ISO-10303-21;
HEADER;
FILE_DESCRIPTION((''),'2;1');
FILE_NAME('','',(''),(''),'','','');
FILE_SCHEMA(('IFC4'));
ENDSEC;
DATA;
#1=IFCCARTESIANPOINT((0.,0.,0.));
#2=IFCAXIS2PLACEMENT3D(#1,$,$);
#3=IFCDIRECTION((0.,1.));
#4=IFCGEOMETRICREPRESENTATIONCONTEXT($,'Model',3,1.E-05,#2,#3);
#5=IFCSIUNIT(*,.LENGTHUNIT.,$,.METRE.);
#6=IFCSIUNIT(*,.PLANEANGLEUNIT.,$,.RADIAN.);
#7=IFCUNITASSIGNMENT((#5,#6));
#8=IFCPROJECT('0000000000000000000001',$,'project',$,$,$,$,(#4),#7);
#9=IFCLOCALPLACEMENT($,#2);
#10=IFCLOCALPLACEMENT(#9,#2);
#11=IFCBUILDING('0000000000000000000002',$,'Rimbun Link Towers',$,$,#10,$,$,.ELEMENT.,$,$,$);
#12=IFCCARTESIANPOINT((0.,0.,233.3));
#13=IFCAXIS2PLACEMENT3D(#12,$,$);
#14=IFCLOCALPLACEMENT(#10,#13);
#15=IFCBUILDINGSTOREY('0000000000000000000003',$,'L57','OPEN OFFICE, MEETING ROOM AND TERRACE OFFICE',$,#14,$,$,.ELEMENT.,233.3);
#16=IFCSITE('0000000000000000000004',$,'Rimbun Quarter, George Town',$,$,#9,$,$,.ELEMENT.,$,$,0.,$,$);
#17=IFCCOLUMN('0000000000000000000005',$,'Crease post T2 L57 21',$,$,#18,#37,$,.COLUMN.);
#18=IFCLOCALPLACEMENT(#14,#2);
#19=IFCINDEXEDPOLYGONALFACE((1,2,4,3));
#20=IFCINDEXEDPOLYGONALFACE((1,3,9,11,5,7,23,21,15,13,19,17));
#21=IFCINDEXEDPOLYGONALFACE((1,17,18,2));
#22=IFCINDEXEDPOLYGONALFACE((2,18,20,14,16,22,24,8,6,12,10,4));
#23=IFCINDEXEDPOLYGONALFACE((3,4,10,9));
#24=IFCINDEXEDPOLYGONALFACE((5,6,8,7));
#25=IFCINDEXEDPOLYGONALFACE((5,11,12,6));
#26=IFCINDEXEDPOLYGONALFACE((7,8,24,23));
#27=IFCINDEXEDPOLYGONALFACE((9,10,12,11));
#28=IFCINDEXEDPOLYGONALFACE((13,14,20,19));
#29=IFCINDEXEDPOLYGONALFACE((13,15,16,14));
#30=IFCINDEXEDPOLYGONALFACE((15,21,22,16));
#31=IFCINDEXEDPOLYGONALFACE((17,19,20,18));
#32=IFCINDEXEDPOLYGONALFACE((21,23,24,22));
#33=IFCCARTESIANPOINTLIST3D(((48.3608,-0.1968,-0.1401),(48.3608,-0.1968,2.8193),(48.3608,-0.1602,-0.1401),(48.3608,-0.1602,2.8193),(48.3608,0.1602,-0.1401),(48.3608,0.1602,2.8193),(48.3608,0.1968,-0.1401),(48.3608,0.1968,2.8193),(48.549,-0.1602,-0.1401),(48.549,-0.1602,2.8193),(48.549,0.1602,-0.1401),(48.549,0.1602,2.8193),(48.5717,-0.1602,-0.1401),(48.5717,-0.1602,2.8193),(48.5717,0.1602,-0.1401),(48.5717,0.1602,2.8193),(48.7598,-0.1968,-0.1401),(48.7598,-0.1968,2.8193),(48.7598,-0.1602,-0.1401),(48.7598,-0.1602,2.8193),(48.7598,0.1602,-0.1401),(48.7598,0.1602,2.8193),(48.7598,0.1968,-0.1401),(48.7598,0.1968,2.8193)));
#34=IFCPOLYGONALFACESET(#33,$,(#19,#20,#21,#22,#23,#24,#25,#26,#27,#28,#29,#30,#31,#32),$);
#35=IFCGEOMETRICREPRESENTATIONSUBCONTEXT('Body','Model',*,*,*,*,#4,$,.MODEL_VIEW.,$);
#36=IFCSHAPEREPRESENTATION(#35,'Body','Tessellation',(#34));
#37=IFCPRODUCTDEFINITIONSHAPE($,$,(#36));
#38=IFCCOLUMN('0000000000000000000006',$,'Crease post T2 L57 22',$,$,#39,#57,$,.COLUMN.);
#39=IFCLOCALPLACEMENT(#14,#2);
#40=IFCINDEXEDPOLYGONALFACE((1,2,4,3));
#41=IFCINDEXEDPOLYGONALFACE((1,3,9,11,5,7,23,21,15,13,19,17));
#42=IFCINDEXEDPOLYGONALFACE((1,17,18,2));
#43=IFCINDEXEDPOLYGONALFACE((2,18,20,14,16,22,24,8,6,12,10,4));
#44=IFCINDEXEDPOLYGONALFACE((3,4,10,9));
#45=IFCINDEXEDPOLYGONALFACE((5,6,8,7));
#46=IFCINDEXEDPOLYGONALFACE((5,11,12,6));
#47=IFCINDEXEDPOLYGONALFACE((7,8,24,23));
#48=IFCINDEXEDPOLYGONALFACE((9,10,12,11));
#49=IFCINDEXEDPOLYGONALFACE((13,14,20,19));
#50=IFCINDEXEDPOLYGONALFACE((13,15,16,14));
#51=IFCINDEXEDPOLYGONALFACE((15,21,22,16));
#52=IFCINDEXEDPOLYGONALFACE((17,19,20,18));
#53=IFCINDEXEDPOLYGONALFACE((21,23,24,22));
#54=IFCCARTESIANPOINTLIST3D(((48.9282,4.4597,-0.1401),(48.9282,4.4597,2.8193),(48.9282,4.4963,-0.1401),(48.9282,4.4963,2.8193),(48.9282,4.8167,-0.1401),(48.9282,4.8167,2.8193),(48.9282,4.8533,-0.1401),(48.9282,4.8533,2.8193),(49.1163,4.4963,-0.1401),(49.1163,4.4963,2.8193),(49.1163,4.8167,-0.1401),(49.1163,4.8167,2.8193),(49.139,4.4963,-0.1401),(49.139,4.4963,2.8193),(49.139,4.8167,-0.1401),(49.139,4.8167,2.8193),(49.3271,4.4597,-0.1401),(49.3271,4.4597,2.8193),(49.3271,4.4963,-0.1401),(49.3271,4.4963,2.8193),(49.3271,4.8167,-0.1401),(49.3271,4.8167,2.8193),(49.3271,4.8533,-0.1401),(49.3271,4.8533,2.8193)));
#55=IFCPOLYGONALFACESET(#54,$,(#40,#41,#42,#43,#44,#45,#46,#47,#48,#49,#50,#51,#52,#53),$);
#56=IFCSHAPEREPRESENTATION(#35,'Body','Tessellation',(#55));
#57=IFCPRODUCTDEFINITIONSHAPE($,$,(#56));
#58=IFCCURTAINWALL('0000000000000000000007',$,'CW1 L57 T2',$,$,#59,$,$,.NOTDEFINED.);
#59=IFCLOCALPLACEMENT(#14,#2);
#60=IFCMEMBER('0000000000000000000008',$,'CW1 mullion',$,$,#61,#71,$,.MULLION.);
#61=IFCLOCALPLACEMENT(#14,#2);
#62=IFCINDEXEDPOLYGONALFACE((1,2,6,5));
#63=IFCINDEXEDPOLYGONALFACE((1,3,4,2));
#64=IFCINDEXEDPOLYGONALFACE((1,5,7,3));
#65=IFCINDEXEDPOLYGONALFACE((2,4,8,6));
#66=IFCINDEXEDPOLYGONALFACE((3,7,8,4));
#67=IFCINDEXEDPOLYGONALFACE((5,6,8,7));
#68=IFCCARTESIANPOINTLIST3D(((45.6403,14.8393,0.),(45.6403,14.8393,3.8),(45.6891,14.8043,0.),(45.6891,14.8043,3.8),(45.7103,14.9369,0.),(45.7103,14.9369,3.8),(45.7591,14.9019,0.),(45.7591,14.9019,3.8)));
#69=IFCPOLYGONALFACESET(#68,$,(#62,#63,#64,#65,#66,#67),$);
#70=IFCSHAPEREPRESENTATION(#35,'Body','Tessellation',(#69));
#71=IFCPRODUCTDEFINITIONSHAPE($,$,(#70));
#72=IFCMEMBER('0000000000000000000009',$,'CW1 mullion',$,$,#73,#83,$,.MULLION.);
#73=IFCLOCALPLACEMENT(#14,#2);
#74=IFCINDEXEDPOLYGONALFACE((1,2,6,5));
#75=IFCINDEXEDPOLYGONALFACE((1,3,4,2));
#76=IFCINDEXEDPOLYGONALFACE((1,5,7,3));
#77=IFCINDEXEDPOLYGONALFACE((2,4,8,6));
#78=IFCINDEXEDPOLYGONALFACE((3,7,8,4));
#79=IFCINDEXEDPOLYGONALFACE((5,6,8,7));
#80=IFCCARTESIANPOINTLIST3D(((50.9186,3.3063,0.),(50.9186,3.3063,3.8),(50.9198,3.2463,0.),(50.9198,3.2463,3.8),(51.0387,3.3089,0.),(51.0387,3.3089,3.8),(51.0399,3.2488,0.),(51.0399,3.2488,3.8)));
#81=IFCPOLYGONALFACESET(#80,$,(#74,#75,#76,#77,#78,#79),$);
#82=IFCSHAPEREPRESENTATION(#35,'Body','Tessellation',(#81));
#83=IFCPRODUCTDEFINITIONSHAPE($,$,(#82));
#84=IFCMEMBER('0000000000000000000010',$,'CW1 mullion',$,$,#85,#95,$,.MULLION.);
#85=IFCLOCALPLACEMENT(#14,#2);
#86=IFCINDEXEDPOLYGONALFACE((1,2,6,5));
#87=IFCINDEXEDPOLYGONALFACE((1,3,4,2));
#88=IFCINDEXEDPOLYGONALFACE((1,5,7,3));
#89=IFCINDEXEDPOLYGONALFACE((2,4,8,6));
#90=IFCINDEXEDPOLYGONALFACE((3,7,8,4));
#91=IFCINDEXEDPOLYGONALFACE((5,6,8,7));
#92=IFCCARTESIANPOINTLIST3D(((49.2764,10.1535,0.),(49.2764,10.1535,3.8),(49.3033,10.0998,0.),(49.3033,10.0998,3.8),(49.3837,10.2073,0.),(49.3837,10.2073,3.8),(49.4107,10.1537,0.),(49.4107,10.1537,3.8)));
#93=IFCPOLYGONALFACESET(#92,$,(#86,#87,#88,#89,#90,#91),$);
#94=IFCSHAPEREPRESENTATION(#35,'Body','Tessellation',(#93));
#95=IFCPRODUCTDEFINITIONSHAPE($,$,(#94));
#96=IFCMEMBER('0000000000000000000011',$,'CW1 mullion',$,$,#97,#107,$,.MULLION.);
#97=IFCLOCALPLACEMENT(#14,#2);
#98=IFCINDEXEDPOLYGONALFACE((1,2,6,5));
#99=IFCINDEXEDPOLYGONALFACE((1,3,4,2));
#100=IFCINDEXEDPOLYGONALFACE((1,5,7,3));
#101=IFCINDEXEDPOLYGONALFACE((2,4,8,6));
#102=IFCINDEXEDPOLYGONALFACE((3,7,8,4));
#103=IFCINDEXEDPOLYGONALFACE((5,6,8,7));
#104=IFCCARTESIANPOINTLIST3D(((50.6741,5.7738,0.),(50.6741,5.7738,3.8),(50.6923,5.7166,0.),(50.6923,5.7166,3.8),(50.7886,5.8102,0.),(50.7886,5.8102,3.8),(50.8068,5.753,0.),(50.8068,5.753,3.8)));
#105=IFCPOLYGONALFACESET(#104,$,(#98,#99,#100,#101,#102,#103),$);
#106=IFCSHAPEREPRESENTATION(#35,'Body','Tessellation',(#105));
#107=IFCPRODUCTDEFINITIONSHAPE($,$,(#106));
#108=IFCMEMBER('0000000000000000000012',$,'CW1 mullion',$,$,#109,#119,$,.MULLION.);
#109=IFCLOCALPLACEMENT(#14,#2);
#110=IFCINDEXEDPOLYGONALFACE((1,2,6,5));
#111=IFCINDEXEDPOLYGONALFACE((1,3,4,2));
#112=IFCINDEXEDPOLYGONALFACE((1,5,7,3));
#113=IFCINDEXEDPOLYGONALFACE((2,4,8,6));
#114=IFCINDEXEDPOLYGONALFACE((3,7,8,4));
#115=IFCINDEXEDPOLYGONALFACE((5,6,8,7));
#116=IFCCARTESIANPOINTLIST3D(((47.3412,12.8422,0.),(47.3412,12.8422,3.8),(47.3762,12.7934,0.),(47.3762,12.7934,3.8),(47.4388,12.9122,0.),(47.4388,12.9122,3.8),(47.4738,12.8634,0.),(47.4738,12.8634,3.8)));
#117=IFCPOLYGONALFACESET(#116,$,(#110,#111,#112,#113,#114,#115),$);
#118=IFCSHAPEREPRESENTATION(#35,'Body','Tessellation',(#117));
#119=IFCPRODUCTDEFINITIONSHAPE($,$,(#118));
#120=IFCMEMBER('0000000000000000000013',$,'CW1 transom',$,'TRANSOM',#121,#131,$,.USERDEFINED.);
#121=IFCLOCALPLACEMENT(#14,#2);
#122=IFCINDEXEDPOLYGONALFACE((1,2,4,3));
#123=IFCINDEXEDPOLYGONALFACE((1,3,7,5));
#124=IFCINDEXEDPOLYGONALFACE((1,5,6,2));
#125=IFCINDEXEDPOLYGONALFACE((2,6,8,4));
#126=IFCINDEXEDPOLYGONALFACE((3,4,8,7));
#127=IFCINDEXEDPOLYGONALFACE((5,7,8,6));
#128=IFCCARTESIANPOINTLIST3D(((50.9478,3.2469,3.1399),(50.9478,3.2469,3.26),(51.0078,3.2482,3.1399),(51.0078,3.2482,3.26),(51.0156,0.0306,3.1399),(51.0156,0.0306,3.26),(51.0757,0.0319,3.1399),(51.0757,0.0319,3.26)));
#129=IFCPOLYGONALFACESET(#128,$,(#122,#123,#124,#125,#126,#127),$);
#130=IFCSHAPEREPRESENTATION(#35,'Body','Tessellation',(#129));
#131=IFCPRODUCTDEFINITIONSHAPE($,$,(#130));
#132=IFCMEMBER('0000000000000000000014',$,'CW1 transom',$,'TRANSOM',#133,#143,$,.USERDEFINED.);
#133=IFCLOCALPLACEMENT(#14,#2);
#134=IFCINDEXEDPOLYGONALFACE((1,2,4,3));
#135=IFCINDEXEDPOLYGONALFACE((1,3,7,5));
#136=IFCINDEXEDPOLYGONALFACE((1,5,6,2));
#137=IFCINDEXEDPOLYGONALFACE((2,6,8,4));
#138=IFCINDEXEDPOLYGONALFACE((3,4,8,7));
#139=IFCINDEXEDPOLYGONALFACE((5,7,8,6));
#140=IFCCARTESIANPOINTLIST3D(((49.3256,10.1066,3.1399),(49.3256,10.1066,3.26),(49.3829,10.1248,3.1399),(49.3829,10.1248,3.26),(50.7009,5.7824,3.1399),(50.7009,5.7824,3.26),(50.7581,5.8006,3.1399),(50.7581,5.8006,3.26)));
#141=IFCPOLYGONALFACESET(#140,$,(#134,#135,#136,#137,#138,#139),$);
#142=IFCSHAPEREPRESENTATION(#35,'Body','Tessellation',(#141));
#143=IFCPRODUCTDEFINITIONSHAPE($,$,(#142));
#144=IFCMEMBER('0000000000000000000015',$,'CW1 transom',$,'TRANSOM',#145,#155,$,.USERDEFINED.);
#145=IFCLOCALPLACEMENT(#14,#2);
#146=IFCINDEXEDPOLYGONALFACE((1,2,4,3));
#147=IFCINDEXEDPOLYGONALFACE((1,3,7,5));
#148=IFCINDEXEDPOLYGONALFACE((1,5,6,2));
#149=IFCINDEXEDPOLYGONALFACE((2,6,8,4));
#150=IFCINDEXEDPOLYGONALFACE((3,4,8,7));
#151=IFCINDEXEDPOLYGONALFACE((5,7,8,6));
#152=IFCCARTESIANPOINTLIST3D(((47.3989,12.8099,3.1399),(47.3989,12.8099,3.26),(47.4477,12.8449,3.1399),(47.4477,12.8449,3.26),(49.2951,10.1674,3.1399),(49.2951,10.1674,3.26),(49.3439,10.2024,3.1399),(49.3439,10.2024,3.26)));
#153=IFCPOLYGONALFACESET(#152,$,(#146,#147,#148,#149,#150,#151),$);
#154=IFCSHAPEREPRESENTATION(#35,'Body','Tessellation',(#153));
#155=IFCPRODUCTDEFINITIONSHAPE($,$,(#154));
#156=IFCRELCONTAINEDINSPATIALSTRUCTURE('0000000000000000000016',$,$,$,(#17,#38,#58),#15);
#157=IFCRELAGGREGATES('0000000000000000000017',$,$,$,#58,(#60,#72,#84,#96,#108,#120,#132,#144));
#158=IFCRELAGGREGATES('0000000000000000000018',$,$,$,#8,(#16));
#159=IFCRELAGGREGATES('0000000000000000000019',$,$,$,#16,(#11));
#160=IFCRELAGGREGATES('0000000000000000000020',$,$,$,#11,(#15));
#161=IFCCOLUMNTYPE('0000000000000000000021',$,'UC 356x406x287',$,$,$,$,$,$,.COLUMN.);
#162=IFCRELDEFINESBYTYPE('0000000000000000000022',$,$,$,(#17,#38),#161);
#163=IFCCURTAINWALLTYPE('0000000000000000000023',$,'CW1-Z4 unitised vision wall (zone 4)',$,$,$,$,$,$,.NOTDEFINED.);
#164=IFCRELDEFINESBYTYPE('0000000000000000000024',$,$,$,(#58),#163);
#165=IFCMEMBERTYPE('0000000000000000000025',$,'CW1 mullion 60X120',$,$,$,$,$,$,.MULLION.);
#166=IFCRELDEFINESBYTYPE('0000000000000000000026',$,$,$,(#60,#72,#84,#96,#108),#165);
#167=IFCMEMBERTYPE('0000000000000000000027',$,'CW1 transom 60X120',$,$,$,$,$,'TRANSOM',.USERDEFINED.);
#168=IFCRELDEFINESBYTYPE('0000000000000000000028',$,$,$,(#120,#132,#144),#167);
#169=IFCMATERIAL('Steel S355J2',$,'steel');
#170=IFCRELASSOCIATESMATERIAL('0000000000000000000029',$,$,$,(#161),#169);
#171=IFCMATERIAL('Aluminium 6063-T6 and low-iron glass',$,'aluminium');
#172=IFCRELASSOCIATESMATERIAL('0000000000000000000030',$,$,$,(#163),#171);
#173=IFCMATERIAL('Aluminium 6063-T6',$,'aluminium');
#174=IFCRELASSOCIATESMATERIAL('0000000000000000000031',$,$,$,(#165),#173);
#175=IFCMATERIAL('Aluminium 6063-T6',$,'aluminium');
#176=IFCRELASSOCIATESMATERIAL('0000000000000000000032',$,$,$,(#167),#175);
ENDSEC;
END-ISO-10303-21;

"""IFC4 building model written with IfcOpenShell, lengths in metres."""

from ifc_helpers import new_model, si_unit, direction, frame, origin, origin_2d, place, context, subcontext, project, spatial, rectangle, i_section, extrude, material, material_profile, profile_set, type_object, element, aggregate, save


model = new_model("IFC4")

# Units and contexts
model_context = context("Model", 3, precision=1e-05, world=origin(), true_north=direction((0.0, 1.0)))
body_context = subcontext(model_context, "Body", "Model", "MODEL_VIEW")
ifc_project = project(units=[si_unit("LENGTHUNIT", "METRE"), si_unit("PLANEANGLEUNIT", "RADIAN")], contexts=[model_context])

# Site, building, storey
site_placement = place(None, origin())
site = spatial("IfcSite", under=ifc_project, at=site_placement, Name="Rimbun Quarter, George Town", CompositionType="ELEMENT", RefElevation=0.0)
building_placement = place(site_placement, origin())
building = spatial("IfcBuilding", under=site, at=building_placement, Name="Rimbun Link Towers", CompositionType="ELEMENT")
storey_placement = place(building_placement, frame((0.0, 0.0, 233.3)))
storey = spatial("IfcBuildingStorey", under=building, at=storey_placement, Name="L57", Description="OPEN OFFICE, MEETING ROOM AND TERRACE OFFICE", CompositionType="ELEMENT", Elevation=233.3)

# Columns
ifc_material_1 = material(Name="Steel S355J2", Category="steel")
ifc_material_profile_1 = material_profile(ifc_material_1, i_section(OverallWidth=0.3989, OverallDepth=0.3936, WebThickness=0.0227, FlangeThickness=0.0366, at=origin_2d()), Name="UC 356x406x287")
ifc_profile_set_1 = profile_set([ifc_material_profile_1], Name="Steel S355J2")
column_type = type_object("IfcColumnType", Name="UC 356x406x287", PredefinedType="COLUMN", material=ifc_profile_set_1)
for number, where, z_axis, x_axis, name in (
    (1, (48.5603, 0.0, -0.1401), (0.0, 0.0, 1.0), (1.0, 0.0, 0.0), "Crease post T2 L57 21"),
    (2, (49.1277, 4.6565, -0.1401), (0.0, 0.0, 1.0), (1.0, 0.0, 0.0), "Crease post T2 L57 22"),
):
    element("IfcColumn", number, at=place(storey_placement, frame(where, z_axis=z_axis, x_axis=x_axis)), inside=storey, type_object=column_type, Name=name, PredefinedType="COLUMN", context=body_context, shape_type="SweptSolid", body=[
        extrude(i_section(OverallWidth=0.3989, OverallDepth=0.3936, WebThickness=0.0227, FlangeThickness=0.0366, at=origin_2d()), origin(), (0.0, 0.0, 1.0), 2.9595),
    ])

# Curtain wall, members
ifc_material_2 = material(Name="Aluminium 6063-T6 and low-iron glass", Category="aluminium")
curtain_wall_type = type_object("IfcCurtainWallType", Name="CW1-Z4 unitised vision wall (zone 4)", PredefinedType="NOTDEFINED", material=ifc_material_2)
curtain_wall_placement = place(storey_placement, origin())
curtain_wall = element("IfcCurtainWall", 3, at=curtain_wall_placement, inside=storey, type_object=curtain_wall_type, Name="CW1 L57 T2", PredefinedType="NOTDEFINED")
ifc_material_3 = material(Name="Aluminium 6063-T6", Category="aluminium")
ifc_material_profile_2 = material_profile(ifc_material_3, rectangle(XDim=0.1201, YDim=0.0601, at=origin_2d()), Name="MULLION 60X120")
ifc_profile_set_2 = profile_set([ifc_material_profile_2], Name="Aluminium 6063-T6")
member_type_1 = type_object("IfcMemberType", Name="CW1 mullion 60X120", PredefinedType="MULLION", material=ifc_profile_set_2)
member_1_placement = place(storey_placement, frame((45.6997, 14.8706, 0.0), z_axis=(0.0, 0.0, 1.0), x_axis=(0.583003, 0.81247, 0.0)))
member_1 = element("IfcMember", 4, at=member_1_placement, type_object=member_type_1, Name="CW1 mullion", PredefinedType="MULLION", context=body_context, shape_type="SweptSolid", body=[
    extrude(rectangle(XDim=0.1201, YDim=0.0601, at=origin_2d()), origin(), (0.0, 0.0, 1.0), 3.8),
])
member_2_placement = place(storey_placement, frame((50.9792, 3.2776, 0.0), z_axis=(0.0, 0.0, 1.0), x_axis=(0.999778, 0.021065, 0.0)))
member_2 = element("IfcMember", 5, at=member_2_placement, type_object=member_type_1, Name="CW1 mullion", PredefinedType="MULLION", context=body_context, shape_type="SweptSolid", body=[
    extrude(rectangle(XDim=0.1201, YDim=0.0601, at=origin_2d()), origin(), (0.0, 0.0, 1.0), 3.8),
])
member_3_placement = place(storey_placement, frame((49.3435, 10.1536, 0.0), z_axis=(0.0, 0.0, 1.0), x_axis=(0.893747, 0.448572, 0.0)))
member_3 = element("IfcMember", 6, at=member_3_placement, type_object=member_type_1, Name="CW1 mullion", PredefinedType="MULLION", context=body_context, shape_type="SweptSolid", body=[
    extrude(rectangle(XDim=0.1201, YDim=0.0601, at=origin_2d()), origin(), (0.0, 0.0, 1.0), 3.8),
])
member_4_placement = place(storey_placement, frame((50.7405, 5.7634, 0.0), z_axis=(0.0, 0.0, 1.0), x_axis=(0.952968, 0.303072, 0.0)))
member_4 = element("IfcMember", 7, at=member_4_placement, type_object=member_type_1, Name="CW1 mullion", PredefinedType="MULLION", context=body_context, shape_type="SweptSolid", body=[
    extrude(rectangle(XDim=0.1201, YDim=0.0601, at=origin_2d()), origin(), (0.0, 0.0, 1.0), 3.8),
])
member_5_placement = place(storey_placement, frame((47.4075, 12.8528, 0.0), z_axis=(0.0, 0.0, 1.0), x_axis=(0.81247, 0.583003, 0.0)))
member_5 = element("IfcMember", 8, at=member_5_placement, type_object=member_type_1, Name="CW1 mullion", PredefinedType="MULLION", context=body_context, shape_type="SweptSolid", body=[
    extrude(rectangle(XDim=0.1201, YDim=0.0601, at=origin_2d()), origin(), (0.0, 0.0, 1.0), 3.8),
])
ifc_material_4 = material(Name="Aluminium 6063-T6", Category="aluminium")
ifc_material_profile_3 = material_profile(ifc_material_4, rectangle(XDim=0.0601, YDim=0.1201, at=origin_2d()), Name="TRANSOM 60X120")
ifc_profile_set_3 = profile_set([ifc_material_profile_3], Name="Aluminium 6063-T6")
member_type_2 = type_object("IfcMemberType", Name="CW1 transom 60X120", ElementType="TRANSOM", PredefinedType="USERDEFINED", material=ifc_profile_set_3)
member_6_placement = place(storey_placement, frame((50.9778, 3.2476, 3.2), z_axis=(0.021097, -0.999777, 0.0), x_axis=(0.999777, 0.021097, 0.0)))
member_6 = element("IfcMember", 9, at=member_6_placement, type_object=member_type_2, Name="CW1 transom", ObjectType="TRANSOM", PredefinedType="USERDEFINED", context=body_context, shape_type="SweptSolid", body=[
    extrude(rectangle(XDim=0.0601, YDim=0.1201, at=origin_2d()), origin(), (0.0, 0.0, 1.0), 3.217),
])
member_7_placement = place(storey_placement, frame((49.3542, 10.1157, 3.2), z_axis=(0.303075, -0.952967, 0.0), x_axis=(0.952967, 0.303075, 0.0)))
member_7 = element("IfcMember", 10, at=member_7_placement, type_object=member_type_2, Name="CW1 transom", ObjectType="TRANSOM", PredefinedType="USERDEFINED", context=body_context, shape_type="SweptSolid", body=[
    extrude(rectangle(XDim=0.0601, YDim=0.1201, at=origin_2d()), origin(), (0.0, 0.0, 1.0), 4.5376),
])
member_8_placement = place(storey_placement, frame((47.4233, 12.8274, 3.2), z_axis=(0.583005, -0.812469, 0.0), x_axis=(0.812469, 0.583005, 0.0)))
member_8 = element("IfcMember", 11, at=member_8_placement, type_object=member_type_2, Name="CW1 transom", ObjectType="TRANSOM", PredefinedType="USERDEFINED", context=body_context, shape_type="SweptSolid", body=[
    extrude(rectangle(XDim=0.0601, YDim=0.1201, at=origin_2d()), origin(), (0.0, 0.0, 1.0), 3.2524),
])

aggregate(curtain_wall, [member_1, member_2, member_3, member_4, member_5, member_6, member_7, member_8])

save(model, "model.ifc")
